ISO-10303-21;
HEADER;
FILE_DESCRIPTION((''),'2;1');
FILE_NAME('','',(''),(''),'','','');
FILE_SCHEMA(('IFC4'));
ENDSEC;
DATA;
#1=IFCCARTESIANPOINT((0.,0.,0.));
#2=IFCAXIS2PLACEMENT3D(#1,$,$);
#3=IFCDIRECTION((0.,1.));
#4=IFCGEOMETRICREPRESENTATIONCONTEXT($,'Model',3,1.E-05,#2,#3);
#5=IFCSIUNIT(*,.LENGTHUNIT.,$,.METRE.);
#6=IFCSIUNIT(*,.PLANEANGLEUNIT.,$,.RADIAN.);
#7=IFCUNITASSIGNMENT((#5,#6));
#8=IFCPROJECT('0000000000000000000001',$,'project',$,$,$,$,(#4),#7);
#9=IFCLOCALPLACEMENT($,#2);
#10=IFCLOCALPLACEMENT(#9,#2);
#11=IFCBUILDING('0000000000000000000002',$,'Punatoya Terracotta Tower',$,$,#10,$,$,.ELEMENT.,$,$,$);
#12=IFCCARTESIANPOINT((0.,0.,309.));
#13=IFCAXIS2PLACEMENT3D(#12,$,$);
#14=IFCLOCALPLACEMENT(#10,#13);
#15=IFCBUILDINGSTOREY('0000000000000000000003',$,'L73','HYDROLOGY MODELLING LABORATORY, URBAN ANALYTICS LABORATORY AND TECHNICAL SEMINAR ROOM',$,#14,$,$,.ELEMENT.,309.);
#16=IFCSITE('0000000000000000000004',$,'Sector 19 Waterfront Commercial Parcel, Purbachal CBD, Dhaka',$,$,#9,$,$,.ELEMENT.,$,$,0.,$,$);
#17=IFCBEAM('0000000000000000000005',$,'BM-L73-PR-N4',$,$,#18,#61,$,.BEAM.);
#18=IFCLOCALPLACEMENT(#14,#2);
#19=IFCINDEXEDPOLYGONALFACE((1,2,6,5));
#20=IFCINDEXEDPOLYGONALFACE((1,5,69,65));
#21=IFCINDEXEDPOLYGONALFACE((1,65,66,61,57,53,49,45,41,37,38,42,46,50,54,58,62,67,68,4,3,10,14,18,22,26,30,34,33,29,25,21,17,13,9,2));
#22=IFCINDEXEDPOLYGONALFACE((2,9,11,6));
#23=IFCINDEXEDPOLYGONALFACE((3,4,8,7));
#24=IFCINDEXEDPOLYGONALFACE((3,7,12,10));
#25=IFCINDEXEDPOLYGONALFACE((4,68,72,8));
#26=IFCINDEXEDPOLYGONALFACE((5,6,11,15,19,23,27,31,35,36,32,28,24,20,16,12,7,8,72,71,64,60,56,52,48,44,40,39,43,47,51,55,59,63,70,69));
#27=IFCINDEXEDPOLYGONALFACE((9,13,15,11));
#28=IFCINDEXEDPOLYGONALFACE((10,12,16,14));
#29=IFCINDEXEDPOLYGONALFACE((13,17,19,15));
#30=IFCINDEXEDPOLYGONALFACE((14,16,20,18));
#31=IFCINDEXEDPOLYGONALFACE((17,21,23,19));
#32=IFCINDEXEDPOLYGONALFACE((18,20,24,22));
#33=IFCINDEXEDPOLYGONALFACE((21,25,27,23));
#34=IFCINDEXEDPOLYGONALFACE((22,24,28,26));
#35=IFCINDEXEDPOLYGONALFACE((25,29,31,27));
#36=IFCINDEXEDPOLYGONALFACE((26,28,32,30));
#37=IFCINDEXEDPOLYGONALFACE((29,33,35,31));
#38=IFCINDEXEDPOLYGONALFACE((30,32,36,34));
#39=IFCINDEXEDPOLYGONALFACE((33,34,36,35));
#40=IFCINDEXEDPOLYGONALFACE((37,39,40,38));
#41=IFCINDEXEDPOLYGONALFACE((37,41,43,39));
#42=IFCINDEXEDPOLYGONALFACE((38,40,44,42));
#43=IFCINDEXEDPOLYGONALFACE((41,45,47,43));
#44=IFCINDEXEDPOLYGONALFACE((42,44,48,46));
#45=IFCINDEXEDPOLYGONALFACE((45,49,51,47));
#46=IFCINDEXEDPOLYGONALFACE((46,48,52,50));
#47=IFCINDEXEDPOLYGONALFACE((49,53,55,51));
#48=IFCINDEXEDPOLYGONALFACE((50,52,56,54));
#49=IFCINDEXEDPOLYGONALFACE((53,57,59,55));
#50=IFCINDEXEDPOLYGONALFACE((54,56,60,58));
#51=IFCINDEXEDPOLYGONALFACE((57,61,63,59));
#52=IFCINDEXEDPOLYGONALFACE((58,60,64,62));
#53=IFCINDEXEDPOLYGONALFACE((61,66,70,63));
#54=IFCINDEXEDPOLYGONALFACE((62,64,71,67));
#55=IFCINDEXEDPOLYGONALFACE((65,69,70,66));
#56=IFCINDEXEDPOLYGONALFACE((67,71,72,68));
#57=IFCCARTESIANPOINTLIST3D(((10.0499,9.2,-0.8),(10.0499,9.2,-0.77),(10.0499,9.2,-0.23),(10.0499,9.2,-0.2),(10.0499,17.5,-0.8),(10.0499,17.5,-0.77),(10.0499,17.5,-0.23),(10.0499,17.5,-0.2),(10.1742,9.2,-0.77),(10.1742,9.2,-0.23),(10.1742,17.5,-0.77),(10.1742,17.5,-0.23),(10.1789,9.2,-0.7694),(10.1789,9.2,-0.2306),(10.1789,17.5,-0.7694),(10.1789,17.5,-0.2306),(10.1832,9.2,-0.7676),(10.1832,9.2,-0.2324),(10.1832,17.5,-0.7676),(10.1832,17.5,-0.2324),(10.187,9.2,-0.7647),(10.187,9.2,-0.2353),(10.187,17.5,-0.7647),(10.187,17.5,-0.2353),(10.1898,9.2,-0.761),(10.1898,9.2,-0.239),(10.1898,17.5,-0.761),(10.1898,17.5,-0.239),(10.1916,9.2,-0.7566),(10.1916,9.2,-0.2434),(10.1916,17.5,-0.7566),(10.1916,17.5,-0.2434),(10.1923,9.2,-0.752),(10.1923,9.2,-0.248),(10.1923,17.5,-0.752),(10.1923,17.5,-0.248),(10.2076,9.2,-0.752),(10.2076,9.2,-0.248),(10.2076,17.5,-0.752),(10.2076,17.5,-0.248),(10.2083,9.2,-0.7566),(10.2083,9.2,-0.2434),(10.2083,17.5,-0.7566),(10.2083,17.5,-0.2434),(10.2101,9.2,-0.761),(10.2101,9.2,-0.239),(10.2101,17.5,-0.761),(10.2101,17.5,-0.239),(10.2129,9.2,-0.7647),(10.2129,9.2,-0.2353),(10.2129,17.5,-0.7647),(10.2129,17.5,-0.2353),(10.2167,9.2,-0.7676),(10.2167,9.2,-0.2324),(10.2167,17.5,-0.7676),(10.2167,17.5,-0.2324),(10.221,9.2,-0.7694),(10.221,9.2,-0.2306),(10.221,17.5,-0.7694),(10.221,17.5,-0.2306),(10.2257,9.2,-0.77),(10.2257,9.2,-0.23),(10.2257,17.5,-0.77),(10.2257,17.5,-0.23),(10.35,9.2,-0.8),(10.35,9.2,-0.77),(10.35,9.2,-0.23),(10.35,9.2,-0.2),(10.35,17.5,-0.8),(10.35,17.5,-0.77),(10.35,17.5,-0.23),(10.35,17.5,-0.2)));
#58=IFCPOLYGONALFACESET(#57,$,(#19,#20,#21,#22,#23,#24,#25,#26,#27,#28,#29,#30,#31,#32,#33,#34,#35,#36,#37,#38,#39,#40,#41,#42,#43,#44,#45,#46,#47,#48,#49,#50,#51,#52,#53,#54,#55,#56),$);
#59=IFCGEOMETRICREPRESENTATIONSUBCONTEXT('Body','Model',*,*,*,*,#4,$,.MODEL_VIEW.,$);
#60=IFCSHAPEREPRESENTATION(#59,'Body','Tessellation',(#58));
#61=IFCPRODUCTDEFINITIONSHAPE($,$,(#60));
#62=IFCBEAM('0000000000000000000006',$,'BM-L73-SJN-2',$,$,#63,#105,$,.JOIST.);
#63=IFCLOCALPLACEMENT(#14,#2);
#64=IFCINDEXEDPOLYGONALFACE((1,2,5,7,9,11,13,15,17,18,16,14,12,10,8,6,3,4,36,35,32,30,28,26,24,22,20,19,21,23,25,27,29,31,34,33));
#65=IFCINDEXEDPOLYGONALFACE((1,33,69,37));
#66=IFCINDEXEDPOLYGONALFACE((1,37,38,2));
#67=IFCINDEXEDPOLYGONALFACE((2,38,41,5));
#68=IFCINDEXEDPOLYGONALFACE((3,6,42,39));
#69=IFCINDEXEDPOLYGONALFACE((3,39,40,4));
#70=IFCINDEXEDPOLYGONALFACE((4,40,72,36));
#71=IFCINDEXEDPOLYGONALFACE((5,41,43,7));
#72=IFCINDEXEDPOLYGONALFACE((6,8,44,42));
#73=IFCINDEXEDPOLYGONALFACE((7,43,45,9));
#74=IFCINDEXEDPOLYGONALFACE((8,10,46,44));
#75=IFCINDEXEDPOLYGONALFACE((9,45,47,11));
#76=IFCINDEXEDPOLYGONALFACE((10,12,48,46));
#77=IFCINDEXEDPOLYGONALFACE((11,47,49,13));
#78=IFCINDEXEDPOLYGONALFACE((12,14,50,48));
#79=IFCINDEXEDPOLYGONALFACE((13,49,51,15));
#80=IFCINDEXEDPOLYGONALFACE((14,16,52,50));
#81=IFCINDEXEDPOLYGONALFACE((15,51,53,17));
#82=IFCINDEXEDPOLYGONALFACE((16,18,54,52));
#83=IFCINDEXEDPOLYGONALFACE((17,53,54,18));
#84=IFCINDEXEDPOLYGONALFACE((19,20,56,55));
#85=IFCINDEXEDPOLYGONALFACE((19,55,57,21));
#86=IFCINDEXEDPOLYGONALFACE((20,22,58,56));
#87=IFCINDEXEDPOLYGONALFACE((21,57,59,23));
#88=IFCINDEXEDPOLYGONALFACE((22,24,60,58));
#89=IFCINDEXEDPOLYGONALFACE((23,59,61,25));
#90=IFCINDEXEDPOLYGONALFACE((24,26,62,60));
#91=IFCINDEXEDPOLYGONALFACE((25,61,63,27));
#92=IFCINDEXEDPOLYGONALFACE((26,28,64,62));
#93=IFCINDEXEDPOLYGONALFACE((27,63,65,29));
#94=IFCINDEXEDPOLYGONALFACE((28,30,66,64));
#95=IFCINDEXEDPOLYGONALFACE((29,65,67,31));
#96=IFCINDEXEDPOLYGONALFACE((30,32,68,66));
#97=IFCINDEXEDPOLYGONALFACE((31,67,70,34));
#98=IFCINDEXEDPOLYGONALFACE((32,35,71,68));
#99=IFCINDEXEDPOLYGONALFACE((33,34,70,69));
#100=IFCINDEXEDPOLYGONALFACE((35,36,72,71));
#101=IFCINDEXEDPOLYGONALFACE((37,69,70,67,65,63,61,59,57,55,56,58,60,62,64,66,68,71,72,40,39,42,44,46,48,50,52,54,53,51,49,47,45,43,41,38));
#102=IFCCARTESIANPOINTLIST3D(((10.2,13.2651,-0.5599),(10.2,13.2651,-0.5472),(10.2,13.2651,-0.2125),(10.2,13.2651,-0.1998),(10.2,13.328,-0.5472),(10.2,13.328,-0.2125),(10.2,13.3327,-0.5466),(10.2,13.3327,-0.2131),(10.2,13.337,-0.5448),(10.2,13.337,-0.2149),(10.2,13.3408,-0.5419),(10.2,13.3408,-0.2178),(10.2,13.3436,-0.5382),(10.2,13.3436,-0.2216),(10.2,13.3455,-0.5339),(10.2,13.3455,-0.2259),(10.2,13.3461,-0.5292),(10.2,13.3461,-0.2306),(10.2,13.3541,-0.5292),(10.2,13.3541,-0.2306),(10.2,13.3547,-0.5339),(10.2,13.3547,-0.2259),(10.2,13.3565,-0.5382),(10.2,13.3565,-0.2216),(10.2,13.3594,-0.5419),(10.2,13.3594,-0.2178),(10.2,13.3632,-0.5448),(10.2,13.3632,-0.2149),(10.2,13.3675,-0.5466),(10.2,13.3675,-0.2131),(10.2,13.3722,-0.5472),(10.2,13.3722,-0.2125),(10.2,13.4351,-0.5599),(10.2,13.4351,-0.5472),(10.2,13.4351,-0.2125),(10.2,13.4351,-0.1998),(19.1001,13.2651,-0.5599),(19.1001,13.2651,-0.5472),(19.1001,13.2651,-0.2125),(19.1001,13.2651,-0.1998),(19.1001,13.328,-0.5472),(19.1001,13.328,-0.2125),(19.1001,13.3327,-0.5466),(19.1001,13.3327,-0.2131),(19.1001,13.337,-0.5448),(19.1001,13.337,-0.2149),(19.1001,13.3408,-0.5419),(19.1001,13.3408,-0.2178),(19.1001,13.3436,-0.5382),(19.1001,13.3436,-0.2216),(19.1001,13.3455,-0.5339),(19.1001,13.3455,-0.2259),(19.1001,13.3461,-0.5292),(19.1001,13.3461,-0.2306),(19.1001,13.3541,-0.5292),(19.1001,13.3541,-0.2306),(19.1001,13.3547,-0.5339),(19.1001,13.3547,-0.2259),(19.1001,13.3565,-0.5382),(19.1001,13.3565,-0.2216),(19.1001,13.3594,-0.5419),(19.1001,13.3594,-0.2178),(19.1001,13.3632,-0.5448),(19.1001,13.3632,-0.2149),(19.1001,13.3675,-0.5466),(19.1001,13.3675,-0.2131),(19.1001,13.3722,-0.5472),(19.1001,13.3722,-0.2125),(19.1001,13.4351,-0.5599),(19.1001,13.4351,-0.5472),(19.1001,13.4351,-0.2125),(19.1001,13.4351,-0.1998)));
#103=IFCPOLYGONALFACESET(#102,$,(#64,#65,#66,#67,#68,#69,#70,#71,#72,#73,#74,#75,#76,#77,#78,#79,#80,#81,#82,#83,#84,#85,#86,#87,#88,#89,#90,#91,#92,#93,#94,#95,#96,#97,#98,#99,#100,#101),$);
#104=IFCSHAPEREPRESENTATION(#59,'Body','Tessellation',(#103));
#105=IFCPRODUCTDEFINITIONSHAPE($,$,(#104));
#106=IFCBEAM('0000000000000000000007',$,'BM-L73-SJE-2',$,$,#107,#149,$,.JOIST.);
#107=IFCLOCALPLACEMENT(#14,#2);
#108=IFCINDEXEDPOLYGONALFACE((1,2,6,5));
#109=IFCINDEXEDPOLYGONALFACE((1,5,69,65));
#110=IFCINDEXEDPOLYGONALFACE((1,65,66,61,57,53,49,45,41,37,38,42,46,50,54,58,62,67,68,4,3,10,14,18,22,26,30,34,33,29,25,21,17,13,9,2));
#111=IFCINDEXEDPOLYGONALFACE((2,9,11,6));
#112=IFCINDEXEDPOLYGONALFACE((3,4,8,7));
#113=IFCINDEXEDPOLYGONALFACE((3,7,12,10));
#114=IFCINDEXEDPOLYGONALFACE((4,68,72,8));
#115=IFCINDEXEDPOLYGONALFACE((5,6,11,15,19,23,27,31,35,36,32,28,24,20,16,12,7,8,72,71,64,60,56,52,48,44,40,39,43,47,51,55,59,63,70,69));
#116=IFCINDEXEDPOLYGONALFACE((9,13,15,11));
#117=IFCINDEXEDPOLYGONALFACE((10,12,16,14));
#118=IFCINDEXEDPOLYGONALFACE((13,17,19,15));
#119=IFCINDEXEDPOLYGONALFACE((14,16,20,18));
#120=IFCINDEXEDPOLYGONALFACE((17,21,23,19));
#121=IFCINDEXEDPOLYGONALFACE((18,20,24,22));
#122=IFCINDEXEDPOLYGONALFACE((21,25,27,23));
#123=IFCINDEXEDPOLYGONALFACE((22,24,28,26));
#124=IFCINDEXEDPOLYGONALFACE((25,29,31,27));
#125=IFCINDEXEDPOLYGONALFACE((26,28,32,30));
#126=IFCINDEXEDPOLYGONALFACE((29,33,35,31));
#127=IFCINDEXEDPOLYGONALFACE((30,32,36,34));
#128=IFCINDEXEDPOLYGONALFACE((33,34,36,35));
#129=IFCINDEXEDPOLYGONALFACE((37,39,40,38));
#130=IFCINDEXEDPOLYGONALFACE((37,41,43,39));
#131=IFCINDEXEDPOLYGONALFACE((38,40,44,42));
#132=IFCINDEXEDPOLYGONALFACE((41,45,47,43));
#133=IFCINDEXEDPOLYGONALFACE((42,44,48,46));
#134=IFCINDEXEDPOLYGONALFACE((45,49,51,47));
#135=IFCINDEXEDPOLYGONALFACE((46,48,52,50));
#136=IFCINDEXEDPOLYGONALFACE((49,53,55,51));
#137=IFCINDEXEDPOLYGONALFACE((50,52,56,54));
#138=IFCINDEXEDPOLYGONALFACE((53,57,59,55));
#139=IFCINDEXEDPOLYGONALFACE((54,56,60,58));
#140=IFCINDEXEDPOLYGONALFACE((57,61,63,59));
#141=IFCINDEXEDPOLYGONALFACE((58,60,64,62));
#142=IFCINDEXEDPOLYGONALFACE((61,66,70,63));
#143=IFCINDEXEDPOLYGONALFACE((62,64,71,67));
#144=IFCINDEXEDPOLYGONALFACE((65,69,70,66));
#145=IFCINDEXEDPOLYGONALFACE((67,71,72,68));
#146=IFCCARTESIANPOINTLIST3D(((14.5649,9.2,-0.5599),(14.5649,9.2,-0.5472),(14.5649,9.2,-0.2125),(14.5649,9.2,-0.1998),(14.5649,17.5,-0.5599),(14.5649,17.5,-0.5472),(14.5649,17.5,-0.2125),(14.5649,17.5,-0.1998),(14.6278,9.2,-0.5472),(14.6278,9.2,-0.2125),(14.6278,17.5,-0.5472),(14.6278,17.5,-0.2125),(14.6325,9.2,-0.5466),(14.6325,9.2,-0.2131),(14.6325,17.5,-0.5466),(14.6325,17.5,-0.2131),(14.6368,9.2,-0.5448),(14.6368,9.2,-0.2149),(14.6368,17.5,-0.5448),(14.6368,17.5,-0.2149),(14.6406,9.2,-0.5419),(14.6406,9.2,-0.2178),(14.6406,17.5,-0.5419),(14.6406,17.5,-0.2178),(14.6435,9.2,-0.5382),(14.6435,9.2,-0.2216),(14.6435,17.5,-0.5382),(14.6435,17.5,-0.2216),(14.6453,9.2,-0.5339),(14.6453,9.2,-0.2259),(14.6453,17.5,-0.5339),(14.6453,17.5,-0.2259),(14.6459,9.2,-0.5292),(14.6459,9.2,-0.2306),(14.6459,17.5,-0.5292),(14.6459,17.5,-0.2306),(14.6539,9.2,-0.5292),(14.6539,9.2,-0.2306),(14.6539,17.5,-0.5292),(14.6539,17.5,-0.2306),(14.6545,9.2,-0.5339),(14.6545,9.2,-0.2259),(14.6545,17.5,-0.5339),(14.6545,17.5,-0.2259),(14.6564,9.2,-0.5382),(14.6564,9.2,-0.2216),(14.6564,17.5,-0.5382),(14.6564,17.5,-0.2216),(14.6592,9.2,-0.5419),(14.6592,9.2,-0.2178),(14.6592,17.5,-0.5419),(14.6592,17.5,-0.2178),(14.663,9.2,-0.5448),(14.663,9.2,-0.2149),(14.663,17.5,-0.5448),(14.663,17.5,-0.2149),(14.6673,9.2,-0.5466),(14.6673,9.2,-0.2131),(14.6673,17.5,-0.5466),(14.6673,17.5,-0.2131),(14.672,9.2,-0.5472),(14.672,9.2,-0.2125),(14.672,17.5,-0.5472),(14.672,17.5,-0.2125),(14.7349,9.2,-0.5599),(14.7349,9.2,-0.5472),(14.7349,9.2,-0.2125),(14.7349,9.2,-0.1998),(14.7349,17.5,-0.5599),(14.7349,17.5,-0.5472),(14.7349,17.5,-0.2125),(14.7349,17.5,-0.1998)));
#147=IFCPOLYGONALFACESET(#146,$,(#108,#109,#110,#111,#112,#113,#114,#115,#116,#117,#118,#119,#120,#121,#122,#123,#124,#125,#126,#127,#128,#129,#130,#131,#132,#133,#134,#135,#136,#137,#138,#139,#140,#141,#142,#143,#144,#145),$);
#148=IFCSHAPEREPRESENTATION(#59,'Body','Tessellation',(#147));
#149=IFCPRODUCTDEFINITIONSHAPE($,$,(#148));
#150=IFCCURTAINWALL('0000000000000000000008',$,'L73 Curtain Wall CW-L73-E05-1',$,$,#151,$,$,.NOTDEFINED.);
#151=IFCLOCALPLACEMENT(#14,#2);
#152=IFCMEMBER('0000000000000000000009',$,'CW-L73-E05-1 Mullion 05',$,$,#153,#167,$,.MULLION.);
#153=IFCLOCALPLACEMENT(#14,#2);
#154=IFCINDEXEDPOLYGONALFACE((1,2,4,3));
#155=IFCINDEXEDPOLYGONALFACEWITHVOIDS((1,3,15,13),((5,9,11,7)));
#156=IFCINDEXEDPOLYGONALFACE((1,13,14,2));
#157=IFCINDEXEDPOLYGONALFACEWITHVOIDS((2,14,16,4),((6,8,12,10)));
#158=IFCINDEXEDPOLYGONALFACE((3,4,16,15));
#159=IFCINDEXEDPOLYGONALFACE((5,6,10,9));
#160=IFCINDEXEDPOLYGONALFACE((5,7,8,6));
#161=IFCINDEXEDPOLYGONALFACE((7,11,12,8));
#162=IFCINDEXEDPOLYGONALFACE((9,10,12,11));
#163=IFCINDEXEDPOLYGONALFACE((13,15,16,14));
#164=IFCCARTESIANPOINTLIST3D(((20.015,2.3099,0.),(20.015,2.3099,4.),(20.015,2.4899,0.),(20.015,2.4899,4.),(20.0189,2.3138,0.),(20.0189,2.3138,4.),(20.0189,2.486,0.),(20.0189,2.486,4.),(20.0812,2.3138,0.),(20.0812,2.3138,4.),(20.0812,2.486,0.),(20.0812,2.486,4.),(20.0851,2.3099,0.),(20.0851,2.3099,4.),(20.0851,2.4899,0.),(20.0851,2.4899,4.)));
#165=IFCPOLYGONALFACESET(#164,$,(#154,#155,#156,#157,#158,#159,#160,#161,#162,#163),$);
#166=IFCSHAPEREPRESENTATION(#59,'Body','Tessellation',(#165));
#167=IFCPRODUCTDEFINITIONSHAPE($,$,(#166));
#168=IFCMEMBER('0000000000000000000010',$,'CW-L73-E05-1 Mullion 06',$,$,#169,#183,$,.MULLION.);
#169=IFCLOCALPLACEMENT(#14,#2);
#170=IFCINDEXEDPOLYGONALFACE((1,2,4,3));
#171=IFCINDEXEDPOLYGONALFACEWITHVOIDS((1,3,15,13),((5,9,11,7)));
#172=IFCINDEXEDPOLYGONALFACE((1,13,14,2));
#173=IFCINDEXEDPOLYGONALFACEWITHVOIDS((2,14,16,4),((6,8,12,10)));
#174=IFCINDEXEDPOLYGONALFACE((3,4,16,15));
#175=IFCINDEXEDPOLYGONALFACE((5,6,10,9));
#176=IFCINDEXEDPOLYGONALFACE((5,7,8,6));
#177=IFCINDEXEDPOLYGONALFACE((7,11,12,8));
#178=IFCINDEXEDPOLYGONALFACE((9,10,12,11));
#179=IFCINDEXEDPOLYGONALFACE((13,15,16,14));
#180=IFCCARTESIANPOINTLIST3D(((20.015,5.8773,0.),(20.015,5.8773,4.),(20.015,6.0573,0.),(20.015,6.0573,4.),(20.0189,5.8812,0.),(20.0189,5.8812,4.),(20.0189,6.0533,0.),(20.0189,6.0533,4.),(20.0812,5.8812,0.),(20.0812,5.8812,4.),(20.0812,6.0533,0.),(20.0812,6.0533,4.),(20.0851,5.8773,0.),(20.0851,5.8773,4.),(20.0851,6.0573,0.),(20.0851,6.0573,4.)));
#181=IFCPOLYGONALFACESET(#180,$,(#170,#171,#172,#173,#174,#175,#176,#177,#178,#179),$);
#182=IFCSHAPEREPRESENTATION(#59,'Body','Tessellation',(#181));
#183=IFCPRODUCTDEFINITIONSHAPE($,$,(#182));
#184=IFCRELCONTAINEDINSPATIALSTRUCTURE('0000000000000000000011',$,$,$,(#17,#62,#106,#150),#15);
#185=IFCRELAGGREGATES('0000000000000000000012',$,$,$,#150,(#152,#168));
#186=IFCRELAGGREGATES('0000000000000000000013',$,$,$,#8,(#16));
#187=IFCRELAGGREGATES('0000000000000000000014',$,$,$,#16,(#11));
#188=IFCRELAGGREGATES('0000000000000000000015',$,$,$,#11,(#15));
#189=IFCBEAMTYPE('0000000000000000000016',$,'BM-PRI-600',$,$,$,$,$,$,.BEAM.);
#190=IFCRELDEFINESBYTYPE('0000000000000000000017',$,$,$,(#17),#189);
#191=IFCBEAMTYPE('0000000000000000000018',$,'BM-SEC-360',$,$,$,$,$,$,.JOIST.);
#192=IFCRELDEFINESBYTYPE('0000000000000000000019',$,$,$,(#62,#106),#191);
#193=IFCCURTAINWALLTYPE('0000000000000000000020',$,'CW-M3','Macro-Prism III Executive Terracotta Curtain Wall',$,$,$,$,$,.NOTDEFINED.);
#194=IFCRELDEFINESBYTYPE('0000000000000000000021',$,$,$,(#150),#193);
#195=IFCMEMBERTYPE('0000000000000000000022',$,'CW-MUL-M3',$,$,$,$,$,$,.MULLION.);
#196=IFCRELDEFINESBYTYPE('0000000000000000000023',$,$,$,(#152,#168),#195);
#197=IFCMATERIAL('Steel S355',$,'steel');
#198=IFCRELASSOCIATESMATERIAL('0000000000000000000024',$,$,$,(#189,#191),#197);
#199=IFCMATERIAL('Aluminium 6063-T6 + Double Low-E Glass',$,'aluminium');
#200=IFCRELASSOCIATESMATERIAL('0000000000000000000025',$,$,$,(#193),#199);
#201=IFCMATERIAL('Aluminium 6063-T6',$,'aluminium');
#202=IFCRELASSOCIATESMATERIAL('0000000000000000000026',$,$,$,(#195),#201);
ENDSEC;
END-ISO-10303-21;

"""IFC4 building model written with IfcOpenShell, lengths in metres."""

from ifc_helpers import new_model, si_unit, direction, frame, origin, origin_2d, place, context, subcontext, project, spatial, hollow_rectangle, i_section, extrude, material, material_profile, profile_set, type_object, element, aggregate, save


model = new_model("IFC4")

# Units and contexts
model_context = context("Model", 3, precision=1e-05, world=origin(), true_north=direction((0.0, 1.0)))
body_context = subcontext(model_context, "Body", "Model", "MODEL_VIEW")
ifc_project = project(units=[si_unit("LENGTHUNIT", "METRE"), si_unit("PLANEANGLEUNIT", "RADIAN")], contexts=[model_context])

# Site, building, storey
site_placement = place(None, origin())
site = spatial("IfcSite", under=ifc_project, at=site_placement, Name="Sector 19 Waterfront Commercial Parcel, Purbachal CBD, Dhaka", CompositionType="ELEMENT", RefElevation=0.0)
building_placement = place(site_placement, origin())
building = spatial("IfcBuilding", under=site, at=building_placement, Name="Punatoya Terracotta Tower", CompositionType="ELEMENT")
storey_placement = place(building_placement, frame((0.0, 0.0, 309.0)))
storey = spatial("IfcBuildingStorey", under=building, at=storey_placement, Name="L73", Description="HYDROLOGY MODELLING LABORATORY, URBAN ANALYTICS LABORATORY AND TECHNICAL SEMINAR ROOM", CompositionType="ELEMENT", Elevation=309.0)

# Beams
ifc_material_1 = material(Name="Steel S355", Category="steel")
ifc_material_profile_1 = material_profile(ifc_material_1, i_section(OverallWidth=0.3, OverallDepth=0.6001, WebThickness=0.0154, FlangeThickness=0.03, FilletRadius=0.0181, at=origin_2d()))
ifc_profile_set_1 = profile_set([ifc_material_profile_1], Name="Steel S355")
beam_type_1 = type_object("IfcBeamType", Name="BM-PRI-600", PredefinedType="BEAM", material=ifc_profile_set_1)
beam_1_placement = place(storey_placement, frame((10.2, 9.2, -0.5), z_axis=(0.0, 1.0, 0.0), x_axis=(-1.0, 0.0, 0.0)))
element("IfcBeam", 1, at=beam_1_placement, inside=storey, type_object=beam_type_1, Name="BM-L73-PR-N4", PredefinedType="BEAM", context=body_context, shape_type="SweptSolid", body=[
    extrude(i_section(OverallWidth=0.3, OverallDepth=0.6001, WebThickness=0.0154, FlangeThickness=0.03, FilletRadius=0.0181, at=origin_2d()), origin(), (0.0, 0.0, 1.0), 8.3),
])
ifc_material_profile_2 = material_profile(ifc_material_1, i_section(OverallWidth=0.1699, OverallDepth=0.3601, WebThickness=0.0081, FlangeThickness=0.0127, FilletRadius=0.0181, at=origin_2d()))
ifc_profile_set_2 = profile_set([ifc_material_profile_2], Name="Steel S355")
beam_type_2 = type_object("IfcBeamType", Name="BM-SEC-360", PredefinedType="JOIST", material=ifc_profile_set_2)
beam_2_placement = place(storey_placement, frame((10.2, 13.3501, -0.3799), z_axis=(1.0, 0.0, 0.0), x_axis=(0.0, 1.0, 0.0)))
element("IfcBeam", 2, at=beam_2_placement, inside=storey, type_object=beam_type_2, Name="BM-L73-SJN-2", PredefinedType="JOIST", context=body_context, shape_type="SweptSolid", body=[
    extrude(i_section(OverallWidth=0.1699, OverallDepth=0.3601, WebThickness=0.0081, FlangeThickness=0.0127, FilletRadius=0.0181, at=origin_2d()), origin(), (0.0, 0.0, 1.0), 8.9001),
])
beam_3_placement = place(storey_placement, frame((14.6499, 9.2, -0.3799), z_axis=(0.0, 1.0, 0.0), x_axis=(-1.0, 0.0, 0.0)))
element("IfcBeam", 3, at=beam_3_placement, inside=storey, type_object=beam_type_2, Name="BM-L73-SJE-2", PredefinedType="JOIST", context=body_context, shape_type="SweptSolid", body=[
    extrude(i_section(OverallWidth=0.1699, OverallDepth=0.3601, WebThickness=0.0081, FlangeThickness=0.0127, FilletRadius=0.0181, at=origin_2d()), origin(), (0.0, 0.0, 1.0), 8.3),
])

# Curtain wall, members
ifc_material_2 = material(Name="Aluminium 6063-T6 + Double Low-E Glass", Category="aluminium")
curtain_wall_type = type_object("IfcCurtainWallType", Name="CW-M3", Description="Macro-Prism III Executive Terracotta Curtain Wall", PredefinedType="NOTDEFINED", material=ifc_material_2)
curtain_wall_placement = place(storey_placement, origin())
curtain_wall = element("IfcCurtainWall", 4, at=curtain_wall_placement, inside=storey, type_object=curtain_wall_type, Name="L73 Curtain Wall CW-L73-E05-1", PredefinedType="NOTDEFINED")
ifc_material_3 = material(Name="Aluminium 6063-T6", Category="aluminium")
ifc_material_profile_3 = material_profile(ifc_material_3, hollow_rectangle(XDim=0.0701, YDim=0.1799, WallThickness=0.0039, at=origin_2d()))
ifc_profile_set_3 = profile_set([ifc_material_profile_3], Name="Aluminium 6063-T6")
member_type = type_object("IfcMemberType", Name="CW-MUL-M3", PredefinedType="MULLION", material=ifc_profile_set_3)
member_1_placement = place(storey_placement, frame((20.05, 2.3999, 0.0), z_axis=(0.0, 0.0, 1.0), x_axis=(1.0, 0.0, 0.0)))
member_1 = element("IfcMember", 5, at=member_1_placement, type_object=member_type, Name="CW-L73-E05-1 Mullion 05", PredefinedType="MULLION", context=body_context, shape_type="SweptSolid", body=[
    extrude(hollow_rectangle(XDim=0.0701, YDim=0.1799, WallThickness=0.0039, at=origin_2d()), origin(), (0.0, 0.0, 1.0), 4.0),
])
member_2_placement = place(storey_placement, frame((20.05, 5.9673, 0.0), z_axis=(0.0, 0.0, 1.0), x_axis=(1.0, 0.0, 0.0)))
member_2 = element("IfcMember", 6, at=member_2_placement, type_object=member_type, Name="CW-L73-E05-1 Mullion 06", PredefinedType="MULLION", context=body_context, shape_type="SweptSolid", body=[
    extrude(hollow_rectangle(XDim=0.0701, YDim=0.1799, WallThickness=0.0039, at=origin_2d()), origin(), (0.0, 0.0, 1.0), 4.0),
])
aggregate(curtain_wall, [member_1, member_2])

save(model, "model.ifc")
